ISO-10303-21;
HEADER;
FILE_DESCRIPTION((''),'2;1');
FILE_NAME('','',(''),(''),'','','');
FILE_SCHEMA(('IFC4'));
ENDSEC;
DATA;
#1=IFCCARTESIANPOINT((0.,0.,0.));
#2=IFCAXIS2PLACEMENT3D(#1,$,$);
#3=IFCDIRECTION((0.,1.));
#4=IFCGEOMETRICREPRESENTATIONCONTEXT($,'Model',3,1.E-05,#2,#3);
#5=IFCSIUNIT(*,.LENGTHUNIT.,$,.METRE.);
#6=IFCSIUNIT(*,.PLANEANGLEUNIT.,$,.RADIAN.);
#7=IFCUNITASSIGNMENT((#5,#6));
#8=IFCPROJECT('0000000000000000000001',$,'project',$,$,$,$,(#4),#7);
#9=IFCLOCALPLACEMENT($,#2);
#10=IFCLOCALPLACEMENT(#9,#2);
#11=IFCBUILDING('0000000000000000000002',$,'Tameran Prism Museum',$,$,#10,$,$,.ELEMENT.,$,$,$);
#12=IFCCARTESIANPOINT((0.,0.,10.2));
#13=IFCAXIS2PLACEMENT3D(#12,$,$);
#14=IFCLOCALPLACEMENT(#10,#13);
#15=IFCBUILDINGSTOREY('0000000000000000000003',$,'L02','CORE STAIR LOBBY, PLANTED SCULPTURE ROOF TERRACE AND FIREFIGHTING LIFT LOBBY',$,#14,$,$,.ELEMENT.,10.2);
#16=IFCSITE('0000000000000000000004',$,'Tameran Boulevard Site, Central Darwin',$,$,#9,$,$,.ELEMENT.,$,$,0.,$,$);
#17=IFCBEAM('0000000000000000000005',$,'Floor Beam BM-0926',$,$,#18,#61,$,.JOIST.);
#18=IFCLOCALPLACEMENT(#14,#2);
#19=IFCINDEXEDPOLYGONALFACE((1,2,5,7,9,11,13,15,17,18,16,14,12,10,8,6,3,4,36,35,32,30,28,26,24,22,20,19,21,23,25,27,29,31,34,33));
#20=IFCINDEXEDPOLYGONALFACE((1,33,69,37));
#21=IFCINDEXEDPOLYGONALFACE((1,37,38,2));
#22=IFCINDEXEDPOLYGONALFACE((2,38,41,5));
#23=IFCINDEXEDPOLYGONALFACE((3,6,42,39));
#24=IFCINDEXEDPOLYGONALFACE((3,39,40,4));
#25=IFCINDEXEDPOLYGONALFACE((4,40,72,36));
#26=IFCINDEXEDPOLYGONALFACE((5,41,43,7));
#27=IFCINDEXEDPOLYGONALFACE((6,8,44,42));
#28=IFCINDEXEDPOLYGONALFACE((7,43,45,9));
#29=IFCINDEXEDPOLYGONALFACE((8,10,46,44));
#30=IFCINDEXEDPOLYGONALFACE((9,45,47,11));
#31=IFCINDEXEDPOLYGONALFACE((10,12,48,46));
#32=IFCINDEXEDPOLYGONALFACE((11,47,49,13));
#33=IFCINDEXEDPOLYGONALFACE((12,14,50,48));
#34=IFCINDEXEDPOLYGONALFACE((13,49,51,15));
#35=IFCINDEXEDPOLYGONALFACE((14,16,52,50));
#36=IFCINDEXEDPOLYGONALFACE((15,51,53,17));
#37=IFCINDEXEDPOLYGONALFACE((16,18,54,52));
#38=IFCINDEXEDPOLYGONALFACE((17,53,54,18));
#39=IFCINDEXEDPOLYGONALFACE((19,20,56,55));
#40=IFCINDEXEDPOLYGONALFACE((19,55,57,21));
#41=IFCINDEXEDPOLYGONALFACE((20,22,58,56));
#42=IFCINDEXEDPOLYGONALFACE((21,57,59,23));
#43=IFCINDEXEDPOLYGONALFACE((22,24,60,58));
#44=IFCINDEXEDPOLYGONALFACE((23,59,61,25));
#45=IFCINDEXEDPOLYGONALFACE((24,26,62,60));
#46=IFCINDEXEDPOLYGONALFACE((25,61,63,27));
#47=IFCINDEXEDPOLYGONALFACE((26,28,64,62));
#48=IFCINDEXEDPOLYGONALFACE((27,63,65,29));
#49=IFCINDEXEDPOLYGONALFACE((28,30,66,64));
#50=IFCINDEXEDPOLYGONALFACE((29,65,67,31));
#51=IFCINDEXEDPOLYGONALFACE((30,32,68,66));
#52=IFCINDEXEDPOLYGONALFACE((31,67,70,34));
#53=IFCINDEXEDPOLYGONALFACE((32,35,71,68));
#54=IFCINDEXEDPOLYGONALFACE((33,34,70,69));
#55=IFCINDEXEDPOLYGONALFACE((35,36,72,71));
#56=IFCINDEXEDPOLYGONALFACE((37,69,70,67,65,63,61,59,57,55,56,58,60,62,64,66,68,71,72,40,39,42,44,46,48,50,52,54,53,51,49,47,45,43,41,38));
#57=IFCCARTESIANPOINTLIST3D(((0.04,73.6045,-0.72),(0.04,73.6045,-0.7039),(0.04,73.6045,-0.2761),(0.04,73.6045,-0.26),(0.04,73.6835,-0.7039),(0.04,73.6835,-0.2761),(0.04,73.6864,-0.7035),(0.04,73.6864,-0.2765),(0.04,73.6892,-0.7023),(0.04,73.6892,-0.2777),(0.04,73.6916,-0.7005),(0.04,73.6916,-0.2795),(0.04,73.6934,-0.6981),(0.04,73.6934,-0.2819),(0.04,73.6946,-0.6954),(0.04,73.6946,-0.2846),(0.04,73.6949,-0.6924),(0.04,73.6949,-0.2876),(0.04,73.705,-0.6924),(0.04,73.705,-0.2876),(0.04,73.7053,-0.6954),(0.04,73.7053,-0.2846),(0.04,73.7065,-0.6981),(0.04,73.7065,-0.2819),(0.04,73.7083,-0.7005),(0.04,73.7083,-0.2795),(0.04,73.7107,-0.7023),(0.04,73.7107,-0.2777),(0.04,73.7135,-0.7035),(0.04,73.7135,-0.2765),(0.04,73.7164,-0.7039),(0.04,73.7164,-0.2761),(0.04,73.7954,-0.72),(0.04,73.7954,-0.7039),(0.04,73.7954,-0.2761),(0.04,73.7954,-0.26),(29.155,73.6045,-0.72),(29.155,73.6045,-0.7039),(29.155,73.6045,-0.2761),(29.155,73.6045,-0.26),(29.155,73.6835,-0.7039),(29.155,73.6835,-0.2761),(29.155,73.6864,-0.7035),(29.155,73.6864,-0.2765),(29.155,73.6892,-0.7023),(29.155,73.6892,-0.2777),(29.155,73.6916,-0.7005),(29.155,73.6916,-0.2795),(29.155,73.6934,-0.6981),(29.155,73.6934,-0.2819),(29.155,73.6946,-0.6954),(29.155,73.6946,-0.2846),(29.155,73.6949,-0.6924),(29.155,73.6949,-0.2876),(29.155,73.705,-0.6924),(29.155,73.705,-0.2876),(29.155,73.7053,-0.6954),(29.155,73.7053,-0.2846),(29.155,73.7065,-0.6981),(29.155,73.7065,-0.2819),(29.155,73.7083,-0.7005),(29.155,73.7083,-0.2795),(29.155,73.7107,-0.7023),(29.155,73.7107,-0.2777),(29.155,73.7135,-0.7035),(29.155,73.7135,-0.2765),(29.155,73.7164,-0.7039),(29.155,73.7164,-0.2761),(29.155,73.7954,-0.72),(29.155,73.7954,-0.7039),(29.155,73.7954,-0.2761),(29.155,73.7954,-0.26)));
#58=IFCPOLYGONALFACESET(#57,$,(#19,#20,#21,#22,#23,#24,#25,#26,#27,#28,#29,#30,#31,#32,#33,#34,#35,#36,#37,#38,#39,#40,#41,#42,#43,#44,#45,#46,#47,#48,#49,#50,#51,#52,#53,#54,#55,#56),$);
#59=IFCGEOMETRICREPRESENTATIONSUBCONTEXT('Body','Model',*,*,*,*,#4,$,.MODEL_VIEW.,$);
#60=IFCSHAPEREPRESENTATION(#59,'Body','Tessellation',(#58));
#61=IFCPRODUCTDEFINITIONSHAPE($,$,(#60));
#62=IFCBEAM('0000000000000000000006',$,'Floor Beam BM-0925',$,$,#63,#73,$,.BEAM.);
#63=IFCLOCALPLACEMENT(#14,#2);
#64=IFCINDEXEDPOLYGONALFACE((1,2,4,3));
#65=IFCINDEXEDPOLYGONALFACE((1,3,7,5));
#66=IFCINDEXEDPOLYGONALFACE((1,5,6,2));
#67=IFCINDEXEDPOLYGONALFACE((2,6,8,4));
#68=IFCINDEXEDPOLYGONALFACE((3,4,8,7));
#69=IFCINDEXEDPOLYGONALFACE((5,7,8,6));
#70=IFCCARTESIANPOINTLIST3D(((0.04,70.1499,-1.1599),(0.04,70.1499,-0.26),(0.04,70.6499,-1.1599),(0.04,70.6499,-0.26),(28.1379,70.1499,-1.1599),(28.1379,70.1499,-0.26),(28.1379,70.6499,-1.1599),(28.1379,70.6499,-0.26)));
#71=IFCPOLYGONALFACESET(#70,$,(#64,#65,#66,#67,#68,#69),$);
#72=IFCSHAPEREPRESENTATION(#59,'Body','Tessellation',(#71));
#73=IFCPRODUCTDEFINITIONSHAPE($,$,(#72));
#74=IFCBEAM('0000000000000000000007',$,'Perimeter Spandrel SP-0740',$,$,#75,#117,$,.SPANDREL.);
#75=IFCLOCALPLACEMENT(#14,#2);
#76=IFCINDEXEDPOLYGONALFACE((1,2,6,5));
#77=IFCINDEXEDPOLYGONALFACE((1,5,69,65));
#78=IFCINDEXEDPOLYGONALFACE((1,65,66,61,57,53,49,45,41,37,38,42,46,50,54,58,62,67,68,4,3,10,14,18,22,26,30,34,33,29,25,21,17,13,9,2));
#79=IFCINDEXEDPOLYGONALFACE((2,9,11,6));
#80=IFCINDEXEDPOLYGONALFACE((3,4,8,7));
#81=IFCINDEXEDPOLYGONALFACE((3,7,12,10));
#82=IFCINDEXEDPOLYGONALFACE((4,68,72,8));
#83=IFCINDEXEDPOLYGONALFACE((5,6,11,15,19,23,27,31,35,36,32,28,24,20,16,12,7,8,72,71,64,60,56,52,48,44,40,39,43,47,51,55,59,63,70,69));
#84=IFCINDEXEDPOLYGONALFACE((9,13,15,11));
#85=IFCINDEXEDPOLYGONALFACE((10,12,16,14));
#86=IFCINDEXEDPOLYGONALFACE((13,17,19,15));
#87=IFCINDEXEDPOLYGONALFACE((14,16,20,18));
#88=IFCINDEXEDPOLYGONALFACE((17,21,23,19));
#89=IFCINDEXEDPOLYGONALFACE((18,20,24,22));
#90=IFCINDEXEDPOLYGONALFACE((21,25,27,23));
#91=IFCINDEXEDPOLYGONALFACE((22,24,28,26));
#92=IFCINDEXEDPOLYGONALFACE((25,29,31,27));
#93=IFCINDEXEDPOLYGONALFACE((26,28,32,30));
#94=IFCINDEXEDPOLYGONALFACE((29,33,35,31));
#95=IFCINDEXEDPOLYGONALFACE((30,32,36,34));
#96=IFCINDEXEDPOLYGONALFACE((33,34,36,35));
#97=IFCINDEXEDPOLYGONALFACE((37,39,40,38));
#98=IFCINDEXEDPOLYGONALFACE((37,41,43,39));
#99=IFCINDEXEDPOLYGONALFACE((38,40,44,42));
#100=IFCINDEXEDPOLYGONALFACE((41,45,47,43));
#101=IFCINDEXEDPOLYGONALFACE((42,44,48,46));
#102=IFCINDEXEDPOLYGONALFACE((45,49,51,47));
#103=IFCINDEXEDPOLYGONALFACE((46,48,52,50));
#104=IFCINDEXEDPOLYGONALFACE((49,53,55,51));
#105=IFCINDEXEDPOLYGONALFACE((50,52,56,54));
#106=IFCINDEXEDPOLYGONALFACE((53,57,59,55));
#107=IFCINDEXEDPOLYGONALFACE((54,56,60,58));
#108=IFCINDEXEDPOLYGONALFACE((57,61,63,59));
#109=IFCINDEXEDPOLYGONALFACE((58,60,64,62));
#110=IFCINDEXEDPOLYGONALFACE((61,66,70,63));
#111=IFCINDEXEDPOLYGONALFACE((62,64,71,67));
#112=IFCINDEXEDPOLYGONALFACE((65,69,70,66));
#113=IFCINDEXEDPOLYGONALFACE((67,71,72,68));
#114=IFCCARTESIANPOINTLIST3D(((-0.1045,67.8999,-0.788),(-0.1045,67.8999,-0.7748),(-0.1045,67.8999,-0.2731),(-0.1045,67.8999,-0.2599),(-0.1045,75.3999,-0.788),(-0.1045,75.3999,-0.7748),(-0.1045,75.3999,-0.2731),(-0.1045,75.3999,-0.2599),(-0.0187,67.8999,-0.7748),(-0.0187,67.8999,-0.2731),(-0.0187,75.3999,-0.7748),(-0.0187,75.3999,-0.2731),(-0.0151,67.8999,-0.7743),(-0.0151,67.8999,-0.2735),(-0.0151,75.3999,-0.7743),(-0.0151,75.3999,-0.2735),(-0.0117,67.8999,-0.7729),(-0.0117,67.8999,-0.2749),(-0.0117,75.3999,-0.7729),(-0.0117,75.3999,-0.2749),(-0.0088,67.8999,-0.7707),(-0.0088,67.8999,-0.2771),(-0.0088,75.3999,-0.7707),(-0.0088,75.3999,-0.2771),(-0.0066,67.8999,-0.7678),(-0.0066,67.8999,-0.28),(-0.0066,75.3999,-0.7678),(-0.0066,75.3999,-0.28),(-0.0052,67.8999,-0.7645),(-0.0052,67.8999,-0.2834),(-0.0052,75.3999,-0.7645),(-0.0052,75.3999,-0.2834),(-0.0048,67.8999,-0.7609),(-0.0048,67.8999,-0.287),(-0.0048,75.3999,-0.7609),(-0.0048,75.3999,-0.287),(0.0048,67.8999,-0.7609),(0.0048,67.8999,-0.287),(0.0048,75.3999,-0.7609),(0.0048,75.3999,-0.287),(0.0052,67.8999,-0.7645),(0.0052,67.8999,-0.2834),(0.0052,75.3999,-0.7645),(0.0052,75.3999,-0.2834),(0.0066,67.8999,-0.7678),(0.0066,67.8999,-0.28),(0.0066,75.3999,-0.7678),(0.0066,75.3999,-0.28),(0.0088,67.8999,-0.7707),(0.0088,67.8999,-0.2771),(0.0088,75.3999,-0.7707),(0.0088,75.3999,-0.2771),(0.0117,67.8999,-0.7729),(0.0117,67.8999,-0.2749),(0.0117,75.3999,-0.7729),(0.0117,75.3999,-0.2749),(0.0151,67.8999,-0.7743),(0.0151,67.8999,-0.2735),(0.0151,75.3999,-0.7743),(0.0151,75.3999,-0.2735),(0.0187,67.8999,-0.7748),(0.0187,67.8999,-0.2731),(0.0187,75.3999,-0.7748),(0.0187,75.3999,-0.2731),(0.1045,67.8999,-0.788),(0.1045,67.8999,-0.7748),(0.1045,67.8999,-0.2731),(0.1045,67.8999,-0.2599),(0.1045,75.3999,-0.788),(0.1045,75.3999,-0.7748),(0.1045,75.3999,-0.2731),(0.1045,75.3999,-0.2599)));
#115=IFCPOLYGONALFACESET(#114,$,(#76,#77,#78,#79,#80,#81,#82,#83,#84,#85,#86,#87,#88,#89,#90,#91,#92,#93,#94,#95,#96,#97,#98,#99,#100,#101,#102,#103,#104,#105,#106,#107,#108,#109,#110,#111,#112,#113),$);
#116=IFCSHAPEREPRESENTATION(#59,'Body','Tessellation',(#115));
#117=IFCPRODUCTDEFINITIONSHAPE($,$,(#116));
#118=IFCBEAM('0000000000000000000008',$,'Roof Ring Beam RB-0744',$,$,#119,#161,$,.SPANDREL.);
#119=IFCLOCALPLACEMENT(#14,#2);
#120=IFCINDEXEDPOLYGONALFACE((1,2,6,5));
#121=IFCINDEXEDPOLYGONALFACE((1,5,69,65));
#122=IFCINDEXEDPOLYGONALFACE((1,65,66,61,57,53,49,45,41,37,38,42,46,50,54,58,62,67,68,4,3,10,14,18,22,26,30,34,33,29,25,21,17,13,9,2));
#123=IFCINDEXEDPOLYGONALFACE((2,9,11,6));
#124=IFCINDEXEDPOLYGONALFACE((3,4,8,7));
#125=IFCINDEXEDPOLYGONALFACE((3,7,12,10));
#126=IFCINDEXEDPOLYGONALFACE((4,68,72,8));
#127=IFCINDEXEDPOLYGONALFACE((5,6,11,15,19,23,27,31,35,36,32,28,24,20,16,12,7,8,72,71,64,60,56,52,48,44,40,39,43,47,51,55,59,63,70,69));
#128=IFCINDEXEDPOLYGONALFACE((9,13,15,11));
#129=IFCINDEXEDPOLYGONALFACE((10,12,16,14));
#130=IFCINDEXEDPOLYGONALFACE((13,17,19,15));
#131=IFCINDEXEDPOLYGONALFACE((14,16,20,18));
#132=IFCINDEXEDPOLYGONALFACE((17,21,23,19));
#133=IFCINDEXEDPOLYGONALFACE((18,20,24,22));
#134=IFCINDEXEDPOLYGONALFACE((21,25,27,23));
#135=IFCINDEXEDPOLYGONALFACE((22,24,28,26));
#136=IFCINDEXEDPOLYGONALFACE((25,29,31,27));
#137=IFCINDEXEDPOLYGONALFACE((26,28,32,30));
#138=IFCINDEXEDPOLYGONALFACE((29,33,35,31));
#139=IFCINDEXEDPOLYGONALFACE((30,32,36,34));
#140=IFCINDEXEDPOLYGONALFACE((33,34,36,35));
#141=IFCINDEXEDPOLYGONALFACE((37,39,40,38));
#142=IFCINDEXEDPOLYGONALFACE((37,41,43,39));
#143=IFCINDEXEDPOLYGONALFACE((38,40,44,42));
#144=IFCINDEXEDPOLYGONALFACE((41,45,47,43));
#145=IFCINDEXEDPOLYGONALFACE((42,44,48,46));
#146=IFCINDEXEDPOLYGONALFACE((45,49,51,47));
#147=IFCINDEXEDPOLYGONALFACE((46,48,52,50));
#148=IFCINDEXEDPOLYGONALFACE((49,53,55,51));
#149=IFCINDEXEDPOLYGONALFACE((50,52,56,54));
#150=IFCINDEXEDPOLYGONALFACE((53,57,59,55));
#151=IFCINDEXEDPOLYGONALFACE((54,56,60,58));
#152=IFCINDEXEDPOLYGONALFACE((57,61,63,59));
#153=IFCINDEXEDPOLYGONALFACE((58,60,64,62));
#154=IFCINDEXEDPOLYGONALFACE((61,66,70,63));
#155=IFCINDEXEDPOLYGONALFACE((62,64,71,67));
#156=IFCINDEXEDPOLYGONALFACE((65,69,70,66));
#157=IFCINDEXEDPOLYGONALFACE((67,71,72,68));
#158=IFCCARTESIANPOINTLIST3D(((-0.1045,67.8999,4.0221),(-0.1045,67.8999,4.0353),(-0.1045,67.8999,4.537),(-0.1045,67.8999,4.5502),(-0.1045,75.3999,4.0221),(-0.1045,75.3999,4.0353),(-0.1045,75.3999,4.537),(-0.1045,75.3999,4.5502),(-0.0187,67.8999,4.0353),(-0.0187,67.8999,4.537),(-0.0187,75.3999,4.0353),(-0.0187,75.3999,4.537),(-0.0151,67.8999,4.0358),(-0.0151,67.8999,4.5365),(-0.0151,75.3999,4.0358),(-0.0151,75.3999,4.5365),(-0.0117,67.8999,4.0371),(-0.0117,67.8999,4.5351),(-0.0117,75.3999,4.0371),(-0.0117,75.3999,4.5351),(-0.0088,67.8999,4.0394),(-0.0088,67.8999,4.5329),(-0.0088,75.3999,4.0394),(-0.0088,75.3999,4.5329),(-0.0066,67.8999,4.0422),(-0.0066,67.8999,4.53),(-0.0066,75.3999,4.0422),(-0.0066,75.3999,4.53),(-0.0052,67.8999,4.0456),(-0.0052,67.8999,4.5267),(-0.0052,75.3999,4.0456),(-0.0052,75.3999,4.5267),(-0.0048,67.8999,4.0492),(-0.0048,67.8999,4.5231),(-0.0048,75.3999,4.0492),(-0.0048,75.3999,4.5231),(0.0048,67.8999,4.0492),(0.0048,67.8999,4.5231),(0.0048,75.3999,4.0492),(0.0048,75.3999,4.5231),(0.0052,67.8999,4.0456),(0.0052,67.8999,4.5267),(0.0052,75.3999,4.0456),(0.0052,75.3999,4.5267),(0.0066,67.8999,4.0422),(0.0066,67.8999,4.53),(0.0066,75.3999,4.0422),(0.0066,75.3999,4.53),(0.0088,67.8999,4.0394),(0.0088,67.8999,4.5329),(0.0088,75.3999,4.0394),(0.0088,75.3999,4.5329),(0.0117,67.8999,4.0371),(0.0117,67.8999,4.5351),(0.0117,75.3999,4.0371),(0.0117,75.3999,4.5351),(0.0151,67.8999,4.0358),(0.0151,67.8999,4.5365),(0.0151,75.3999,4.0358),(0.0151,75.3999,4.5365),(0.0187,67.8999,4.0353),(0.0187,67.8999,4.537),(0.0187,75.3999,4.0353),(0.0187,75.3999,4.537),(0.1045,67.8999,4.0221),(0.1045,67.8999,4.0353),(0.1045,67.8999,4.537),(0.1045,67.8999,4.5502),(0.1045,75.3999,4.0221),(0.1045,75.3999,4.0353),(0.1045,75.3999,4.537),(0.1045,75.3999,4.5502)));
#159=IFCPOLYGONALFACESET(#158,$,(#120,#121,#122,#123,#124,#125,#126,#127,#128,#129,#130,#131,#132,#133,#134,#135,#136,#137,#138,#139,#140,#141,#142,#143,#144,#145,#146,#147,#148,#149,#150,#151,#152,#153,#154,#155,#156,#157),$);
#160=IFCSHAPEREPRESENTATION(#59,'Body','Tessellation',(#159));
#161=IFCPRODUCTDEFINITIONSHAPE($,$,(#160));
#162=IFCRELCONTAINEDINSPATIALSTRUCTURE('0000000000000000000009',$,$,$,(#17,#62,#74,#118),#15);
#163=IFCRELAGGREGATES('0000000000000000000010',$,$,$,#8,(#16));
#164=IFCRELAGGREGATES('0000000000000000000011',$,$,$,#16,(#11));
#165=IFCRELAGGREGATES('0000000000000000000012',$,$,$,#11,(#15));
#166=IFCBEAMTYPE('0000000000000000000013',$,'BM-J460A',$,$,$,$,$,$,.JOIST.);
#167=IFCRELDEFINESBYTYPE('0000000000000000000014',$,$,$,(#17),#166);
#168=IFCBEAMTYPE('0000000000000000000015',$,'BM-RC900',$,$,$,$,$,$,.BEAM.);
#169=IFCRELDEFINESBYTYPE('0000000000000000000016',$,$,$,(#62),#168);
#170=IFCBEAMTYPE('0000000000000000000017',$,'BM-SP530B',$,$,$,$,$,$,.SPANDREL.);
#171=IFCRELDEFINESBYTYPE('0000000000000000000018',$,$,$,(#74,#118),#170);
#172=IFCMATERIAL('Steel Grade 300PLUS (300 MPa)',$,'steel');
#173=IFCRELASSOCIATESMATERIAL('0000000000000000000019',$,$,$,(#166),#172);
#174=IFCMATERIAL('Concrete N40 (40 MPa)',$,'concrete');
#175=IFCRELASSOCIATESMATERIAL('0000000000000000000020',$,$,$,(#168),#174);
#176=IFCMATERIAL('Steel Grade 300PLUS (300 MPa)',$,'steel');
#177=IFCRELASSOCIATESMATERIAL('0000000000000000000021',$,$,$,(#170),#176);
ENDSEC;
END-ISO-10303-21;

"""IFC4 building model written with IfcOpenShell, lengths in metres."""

from ifc_helpers import new_model, si_unit, direction, frame, origin, origin_2d, place, context, subcontext, project, spatial, rectangle, i_section, extrude, material, material_profile, profile_set, type_object, element, save


model = new_model("IFC4")

# Units and contexts
model_context = context("Model", 3, precision=1e-05, world=origin(), true_north=direction((0.0, 1.0)))
body_context = subcontext(model_context, "Body", "Model", "MODEL_VIEW")
ifc_project = project(units=[si_unit("LENGTHUNIT", "METRE"), si_unit("PLANEANGLEUNIT", "RADIAN")], contexts=[model_context])

# Site, building, storey
site_placement = place(None, origin())
site = spatial("IfcSite", under=ifc_project, at=site_placement, Name="Tameran Boulevard Site, Central Darwin", CompositionType="ELEMENT", RefElevation=0.0)
building_placement = place(site_placement, origin())
building = spatial("IfcBuilding", under=site, at=building_placement, Name="Tameran Prism Museum", CompositionType="ELEMENT")
storey_placement = place(building_placement, frame((0.0, 0.0, 10.2)))
storey = spatial("IfcBuildingStorey", under=building, at=storey_placement, Name="L02", Description="CORE STAIR LOBBY, PLANTED SCULPTURE ROOF TERRACE AND FIREFIGHTING LIFT LOBBY", CompositionType="ELEMENT", Elevation=10.2)

# Beams
ifc_material_1 = material(Name="Steel Grade 300PLUS (300 MPa)", Category="steel")
ifc_material_profile_1 = material_profile(ifc_material_1, i_section(OverallWidth=0.1909, OverallDepth=0.46, WebThickness=0.01, FlangeThickness=0.0161, FilletRadius=0.0115, at=origin_2d()))
ifc_profile_set_1 = profile_set([ifc_material_profile_1])
beam_type_1 = type_object("IfcBeamType", Name="BM-J460A", PredefinedType="JOIST", material=ifc_profile_set_1)
beam_1_placement = place(storey_placement, frame((0.04, 73.7, -0.49), z_axis=(1.0, 0.0, 0.0), x_axis=(0.0, 1.0, 0.0)))
element("IfcBeam", 1, at=beam_1_placement, inside=storey, type_object=beam_type_1, Name="Floor Beam BM-0926", PredefinedType="JOIST", context=body_context, shape_type="SweptSolid", body=[
    extrude(i_section(OverallWidth=0.1909, OverallDepth=0.46, WebThickness=0.01, FlangeThickness=0.0161, FilletRadius=0.0115, at=origin_2d()), origin(), (0.0, 0.0, 1.0), 29.115),
])
ifc_material_2 = material(Name="Concrete N40 (40 MPa)", Category="concrete")
ifc_material_profile_2 = material_profile(ifc_material_2, rectangle(XDim=0.5, YDim=0.8999, at=origin_2d()))
ifc_profile_set_2 = profile_set([ifc_material_profile_2])
beam_type_2 = type_object("IfcBeamType", Name="BM-RC900", PredefinedType="BEAM", material=ifc_profile_set_2)
beam_2_placement = place(storey_placement, frame((0.04, 70.3999, -0.71), z_axis=(1.0, 0.0, 0.0), x_axis=(0.0, 1.0, 0.0)))
element("IfcBeam", 2, at=beam_2_placement, inside=storey, type_object=beam_type_2, Name="Floor Beam BM-0925", PredefinedType="BEAM", context=body_context, shape_type="SweptSolid", body=[
    extrude(rectangle(XDim=0.5, YDim=0.8999, at=origin_2d()), origin(), (0.0, 0.0, 1.0), 28.0979),
])
ifc_material_3 = material(Name="Steel Grade 300PLUS (300 MPa)", Category="steel")
ifc_material_profile_3 = material_profile(ifc_material_3, i_section(OverallWidth=0.209, OverallDepth=0.5281, WebThickness=0.0095, FlangeThickness=0.0132, FilletRadius=0.0139, at=origin_2d()))
ifc_profile_set_3 = profile_set([ifc_material_profile_3])
beam_type_3 = type_object("IfcBeamType", Name="BM-SP530B", PredefinedType="SPANDREL", material=ifc_profile_set_3)
for number, where, z_axis, x_axis, name in (
    (3, (0.0, 75.3999, -0.5239), (0.0, -1.0, 0.0), (1.0, 0.0, 0.0), "Perimeter Spandrel SP-0740"),
    (4, (0.0, 75.3999, 4.2861), (0.0, -1.0, 0.0), (1.0, 0.0, 0.0), "Roof Ring Beam RB-0744"),
):
    element("IfcBeam", number, at=place(storey_placement, frame(where, z_axis=z_axis, x_axis=x_axis)), inside=storey, type_object=beam_type_3, Name=name, PredefinedType="SPANDREL", context=body_context, shape_type="SweptSolid", body=[
        extrude(i_section(OverallWidth=0.209, OverallDepth=0.5281, WebThickness=0.0095, FlangeThickness=0.0132, FilletRadius=0.0139, at=origin_2d()), origin(), (0.0, 0.0, 1.0), 7.5),
    ])

save(model, "model.ifc")
